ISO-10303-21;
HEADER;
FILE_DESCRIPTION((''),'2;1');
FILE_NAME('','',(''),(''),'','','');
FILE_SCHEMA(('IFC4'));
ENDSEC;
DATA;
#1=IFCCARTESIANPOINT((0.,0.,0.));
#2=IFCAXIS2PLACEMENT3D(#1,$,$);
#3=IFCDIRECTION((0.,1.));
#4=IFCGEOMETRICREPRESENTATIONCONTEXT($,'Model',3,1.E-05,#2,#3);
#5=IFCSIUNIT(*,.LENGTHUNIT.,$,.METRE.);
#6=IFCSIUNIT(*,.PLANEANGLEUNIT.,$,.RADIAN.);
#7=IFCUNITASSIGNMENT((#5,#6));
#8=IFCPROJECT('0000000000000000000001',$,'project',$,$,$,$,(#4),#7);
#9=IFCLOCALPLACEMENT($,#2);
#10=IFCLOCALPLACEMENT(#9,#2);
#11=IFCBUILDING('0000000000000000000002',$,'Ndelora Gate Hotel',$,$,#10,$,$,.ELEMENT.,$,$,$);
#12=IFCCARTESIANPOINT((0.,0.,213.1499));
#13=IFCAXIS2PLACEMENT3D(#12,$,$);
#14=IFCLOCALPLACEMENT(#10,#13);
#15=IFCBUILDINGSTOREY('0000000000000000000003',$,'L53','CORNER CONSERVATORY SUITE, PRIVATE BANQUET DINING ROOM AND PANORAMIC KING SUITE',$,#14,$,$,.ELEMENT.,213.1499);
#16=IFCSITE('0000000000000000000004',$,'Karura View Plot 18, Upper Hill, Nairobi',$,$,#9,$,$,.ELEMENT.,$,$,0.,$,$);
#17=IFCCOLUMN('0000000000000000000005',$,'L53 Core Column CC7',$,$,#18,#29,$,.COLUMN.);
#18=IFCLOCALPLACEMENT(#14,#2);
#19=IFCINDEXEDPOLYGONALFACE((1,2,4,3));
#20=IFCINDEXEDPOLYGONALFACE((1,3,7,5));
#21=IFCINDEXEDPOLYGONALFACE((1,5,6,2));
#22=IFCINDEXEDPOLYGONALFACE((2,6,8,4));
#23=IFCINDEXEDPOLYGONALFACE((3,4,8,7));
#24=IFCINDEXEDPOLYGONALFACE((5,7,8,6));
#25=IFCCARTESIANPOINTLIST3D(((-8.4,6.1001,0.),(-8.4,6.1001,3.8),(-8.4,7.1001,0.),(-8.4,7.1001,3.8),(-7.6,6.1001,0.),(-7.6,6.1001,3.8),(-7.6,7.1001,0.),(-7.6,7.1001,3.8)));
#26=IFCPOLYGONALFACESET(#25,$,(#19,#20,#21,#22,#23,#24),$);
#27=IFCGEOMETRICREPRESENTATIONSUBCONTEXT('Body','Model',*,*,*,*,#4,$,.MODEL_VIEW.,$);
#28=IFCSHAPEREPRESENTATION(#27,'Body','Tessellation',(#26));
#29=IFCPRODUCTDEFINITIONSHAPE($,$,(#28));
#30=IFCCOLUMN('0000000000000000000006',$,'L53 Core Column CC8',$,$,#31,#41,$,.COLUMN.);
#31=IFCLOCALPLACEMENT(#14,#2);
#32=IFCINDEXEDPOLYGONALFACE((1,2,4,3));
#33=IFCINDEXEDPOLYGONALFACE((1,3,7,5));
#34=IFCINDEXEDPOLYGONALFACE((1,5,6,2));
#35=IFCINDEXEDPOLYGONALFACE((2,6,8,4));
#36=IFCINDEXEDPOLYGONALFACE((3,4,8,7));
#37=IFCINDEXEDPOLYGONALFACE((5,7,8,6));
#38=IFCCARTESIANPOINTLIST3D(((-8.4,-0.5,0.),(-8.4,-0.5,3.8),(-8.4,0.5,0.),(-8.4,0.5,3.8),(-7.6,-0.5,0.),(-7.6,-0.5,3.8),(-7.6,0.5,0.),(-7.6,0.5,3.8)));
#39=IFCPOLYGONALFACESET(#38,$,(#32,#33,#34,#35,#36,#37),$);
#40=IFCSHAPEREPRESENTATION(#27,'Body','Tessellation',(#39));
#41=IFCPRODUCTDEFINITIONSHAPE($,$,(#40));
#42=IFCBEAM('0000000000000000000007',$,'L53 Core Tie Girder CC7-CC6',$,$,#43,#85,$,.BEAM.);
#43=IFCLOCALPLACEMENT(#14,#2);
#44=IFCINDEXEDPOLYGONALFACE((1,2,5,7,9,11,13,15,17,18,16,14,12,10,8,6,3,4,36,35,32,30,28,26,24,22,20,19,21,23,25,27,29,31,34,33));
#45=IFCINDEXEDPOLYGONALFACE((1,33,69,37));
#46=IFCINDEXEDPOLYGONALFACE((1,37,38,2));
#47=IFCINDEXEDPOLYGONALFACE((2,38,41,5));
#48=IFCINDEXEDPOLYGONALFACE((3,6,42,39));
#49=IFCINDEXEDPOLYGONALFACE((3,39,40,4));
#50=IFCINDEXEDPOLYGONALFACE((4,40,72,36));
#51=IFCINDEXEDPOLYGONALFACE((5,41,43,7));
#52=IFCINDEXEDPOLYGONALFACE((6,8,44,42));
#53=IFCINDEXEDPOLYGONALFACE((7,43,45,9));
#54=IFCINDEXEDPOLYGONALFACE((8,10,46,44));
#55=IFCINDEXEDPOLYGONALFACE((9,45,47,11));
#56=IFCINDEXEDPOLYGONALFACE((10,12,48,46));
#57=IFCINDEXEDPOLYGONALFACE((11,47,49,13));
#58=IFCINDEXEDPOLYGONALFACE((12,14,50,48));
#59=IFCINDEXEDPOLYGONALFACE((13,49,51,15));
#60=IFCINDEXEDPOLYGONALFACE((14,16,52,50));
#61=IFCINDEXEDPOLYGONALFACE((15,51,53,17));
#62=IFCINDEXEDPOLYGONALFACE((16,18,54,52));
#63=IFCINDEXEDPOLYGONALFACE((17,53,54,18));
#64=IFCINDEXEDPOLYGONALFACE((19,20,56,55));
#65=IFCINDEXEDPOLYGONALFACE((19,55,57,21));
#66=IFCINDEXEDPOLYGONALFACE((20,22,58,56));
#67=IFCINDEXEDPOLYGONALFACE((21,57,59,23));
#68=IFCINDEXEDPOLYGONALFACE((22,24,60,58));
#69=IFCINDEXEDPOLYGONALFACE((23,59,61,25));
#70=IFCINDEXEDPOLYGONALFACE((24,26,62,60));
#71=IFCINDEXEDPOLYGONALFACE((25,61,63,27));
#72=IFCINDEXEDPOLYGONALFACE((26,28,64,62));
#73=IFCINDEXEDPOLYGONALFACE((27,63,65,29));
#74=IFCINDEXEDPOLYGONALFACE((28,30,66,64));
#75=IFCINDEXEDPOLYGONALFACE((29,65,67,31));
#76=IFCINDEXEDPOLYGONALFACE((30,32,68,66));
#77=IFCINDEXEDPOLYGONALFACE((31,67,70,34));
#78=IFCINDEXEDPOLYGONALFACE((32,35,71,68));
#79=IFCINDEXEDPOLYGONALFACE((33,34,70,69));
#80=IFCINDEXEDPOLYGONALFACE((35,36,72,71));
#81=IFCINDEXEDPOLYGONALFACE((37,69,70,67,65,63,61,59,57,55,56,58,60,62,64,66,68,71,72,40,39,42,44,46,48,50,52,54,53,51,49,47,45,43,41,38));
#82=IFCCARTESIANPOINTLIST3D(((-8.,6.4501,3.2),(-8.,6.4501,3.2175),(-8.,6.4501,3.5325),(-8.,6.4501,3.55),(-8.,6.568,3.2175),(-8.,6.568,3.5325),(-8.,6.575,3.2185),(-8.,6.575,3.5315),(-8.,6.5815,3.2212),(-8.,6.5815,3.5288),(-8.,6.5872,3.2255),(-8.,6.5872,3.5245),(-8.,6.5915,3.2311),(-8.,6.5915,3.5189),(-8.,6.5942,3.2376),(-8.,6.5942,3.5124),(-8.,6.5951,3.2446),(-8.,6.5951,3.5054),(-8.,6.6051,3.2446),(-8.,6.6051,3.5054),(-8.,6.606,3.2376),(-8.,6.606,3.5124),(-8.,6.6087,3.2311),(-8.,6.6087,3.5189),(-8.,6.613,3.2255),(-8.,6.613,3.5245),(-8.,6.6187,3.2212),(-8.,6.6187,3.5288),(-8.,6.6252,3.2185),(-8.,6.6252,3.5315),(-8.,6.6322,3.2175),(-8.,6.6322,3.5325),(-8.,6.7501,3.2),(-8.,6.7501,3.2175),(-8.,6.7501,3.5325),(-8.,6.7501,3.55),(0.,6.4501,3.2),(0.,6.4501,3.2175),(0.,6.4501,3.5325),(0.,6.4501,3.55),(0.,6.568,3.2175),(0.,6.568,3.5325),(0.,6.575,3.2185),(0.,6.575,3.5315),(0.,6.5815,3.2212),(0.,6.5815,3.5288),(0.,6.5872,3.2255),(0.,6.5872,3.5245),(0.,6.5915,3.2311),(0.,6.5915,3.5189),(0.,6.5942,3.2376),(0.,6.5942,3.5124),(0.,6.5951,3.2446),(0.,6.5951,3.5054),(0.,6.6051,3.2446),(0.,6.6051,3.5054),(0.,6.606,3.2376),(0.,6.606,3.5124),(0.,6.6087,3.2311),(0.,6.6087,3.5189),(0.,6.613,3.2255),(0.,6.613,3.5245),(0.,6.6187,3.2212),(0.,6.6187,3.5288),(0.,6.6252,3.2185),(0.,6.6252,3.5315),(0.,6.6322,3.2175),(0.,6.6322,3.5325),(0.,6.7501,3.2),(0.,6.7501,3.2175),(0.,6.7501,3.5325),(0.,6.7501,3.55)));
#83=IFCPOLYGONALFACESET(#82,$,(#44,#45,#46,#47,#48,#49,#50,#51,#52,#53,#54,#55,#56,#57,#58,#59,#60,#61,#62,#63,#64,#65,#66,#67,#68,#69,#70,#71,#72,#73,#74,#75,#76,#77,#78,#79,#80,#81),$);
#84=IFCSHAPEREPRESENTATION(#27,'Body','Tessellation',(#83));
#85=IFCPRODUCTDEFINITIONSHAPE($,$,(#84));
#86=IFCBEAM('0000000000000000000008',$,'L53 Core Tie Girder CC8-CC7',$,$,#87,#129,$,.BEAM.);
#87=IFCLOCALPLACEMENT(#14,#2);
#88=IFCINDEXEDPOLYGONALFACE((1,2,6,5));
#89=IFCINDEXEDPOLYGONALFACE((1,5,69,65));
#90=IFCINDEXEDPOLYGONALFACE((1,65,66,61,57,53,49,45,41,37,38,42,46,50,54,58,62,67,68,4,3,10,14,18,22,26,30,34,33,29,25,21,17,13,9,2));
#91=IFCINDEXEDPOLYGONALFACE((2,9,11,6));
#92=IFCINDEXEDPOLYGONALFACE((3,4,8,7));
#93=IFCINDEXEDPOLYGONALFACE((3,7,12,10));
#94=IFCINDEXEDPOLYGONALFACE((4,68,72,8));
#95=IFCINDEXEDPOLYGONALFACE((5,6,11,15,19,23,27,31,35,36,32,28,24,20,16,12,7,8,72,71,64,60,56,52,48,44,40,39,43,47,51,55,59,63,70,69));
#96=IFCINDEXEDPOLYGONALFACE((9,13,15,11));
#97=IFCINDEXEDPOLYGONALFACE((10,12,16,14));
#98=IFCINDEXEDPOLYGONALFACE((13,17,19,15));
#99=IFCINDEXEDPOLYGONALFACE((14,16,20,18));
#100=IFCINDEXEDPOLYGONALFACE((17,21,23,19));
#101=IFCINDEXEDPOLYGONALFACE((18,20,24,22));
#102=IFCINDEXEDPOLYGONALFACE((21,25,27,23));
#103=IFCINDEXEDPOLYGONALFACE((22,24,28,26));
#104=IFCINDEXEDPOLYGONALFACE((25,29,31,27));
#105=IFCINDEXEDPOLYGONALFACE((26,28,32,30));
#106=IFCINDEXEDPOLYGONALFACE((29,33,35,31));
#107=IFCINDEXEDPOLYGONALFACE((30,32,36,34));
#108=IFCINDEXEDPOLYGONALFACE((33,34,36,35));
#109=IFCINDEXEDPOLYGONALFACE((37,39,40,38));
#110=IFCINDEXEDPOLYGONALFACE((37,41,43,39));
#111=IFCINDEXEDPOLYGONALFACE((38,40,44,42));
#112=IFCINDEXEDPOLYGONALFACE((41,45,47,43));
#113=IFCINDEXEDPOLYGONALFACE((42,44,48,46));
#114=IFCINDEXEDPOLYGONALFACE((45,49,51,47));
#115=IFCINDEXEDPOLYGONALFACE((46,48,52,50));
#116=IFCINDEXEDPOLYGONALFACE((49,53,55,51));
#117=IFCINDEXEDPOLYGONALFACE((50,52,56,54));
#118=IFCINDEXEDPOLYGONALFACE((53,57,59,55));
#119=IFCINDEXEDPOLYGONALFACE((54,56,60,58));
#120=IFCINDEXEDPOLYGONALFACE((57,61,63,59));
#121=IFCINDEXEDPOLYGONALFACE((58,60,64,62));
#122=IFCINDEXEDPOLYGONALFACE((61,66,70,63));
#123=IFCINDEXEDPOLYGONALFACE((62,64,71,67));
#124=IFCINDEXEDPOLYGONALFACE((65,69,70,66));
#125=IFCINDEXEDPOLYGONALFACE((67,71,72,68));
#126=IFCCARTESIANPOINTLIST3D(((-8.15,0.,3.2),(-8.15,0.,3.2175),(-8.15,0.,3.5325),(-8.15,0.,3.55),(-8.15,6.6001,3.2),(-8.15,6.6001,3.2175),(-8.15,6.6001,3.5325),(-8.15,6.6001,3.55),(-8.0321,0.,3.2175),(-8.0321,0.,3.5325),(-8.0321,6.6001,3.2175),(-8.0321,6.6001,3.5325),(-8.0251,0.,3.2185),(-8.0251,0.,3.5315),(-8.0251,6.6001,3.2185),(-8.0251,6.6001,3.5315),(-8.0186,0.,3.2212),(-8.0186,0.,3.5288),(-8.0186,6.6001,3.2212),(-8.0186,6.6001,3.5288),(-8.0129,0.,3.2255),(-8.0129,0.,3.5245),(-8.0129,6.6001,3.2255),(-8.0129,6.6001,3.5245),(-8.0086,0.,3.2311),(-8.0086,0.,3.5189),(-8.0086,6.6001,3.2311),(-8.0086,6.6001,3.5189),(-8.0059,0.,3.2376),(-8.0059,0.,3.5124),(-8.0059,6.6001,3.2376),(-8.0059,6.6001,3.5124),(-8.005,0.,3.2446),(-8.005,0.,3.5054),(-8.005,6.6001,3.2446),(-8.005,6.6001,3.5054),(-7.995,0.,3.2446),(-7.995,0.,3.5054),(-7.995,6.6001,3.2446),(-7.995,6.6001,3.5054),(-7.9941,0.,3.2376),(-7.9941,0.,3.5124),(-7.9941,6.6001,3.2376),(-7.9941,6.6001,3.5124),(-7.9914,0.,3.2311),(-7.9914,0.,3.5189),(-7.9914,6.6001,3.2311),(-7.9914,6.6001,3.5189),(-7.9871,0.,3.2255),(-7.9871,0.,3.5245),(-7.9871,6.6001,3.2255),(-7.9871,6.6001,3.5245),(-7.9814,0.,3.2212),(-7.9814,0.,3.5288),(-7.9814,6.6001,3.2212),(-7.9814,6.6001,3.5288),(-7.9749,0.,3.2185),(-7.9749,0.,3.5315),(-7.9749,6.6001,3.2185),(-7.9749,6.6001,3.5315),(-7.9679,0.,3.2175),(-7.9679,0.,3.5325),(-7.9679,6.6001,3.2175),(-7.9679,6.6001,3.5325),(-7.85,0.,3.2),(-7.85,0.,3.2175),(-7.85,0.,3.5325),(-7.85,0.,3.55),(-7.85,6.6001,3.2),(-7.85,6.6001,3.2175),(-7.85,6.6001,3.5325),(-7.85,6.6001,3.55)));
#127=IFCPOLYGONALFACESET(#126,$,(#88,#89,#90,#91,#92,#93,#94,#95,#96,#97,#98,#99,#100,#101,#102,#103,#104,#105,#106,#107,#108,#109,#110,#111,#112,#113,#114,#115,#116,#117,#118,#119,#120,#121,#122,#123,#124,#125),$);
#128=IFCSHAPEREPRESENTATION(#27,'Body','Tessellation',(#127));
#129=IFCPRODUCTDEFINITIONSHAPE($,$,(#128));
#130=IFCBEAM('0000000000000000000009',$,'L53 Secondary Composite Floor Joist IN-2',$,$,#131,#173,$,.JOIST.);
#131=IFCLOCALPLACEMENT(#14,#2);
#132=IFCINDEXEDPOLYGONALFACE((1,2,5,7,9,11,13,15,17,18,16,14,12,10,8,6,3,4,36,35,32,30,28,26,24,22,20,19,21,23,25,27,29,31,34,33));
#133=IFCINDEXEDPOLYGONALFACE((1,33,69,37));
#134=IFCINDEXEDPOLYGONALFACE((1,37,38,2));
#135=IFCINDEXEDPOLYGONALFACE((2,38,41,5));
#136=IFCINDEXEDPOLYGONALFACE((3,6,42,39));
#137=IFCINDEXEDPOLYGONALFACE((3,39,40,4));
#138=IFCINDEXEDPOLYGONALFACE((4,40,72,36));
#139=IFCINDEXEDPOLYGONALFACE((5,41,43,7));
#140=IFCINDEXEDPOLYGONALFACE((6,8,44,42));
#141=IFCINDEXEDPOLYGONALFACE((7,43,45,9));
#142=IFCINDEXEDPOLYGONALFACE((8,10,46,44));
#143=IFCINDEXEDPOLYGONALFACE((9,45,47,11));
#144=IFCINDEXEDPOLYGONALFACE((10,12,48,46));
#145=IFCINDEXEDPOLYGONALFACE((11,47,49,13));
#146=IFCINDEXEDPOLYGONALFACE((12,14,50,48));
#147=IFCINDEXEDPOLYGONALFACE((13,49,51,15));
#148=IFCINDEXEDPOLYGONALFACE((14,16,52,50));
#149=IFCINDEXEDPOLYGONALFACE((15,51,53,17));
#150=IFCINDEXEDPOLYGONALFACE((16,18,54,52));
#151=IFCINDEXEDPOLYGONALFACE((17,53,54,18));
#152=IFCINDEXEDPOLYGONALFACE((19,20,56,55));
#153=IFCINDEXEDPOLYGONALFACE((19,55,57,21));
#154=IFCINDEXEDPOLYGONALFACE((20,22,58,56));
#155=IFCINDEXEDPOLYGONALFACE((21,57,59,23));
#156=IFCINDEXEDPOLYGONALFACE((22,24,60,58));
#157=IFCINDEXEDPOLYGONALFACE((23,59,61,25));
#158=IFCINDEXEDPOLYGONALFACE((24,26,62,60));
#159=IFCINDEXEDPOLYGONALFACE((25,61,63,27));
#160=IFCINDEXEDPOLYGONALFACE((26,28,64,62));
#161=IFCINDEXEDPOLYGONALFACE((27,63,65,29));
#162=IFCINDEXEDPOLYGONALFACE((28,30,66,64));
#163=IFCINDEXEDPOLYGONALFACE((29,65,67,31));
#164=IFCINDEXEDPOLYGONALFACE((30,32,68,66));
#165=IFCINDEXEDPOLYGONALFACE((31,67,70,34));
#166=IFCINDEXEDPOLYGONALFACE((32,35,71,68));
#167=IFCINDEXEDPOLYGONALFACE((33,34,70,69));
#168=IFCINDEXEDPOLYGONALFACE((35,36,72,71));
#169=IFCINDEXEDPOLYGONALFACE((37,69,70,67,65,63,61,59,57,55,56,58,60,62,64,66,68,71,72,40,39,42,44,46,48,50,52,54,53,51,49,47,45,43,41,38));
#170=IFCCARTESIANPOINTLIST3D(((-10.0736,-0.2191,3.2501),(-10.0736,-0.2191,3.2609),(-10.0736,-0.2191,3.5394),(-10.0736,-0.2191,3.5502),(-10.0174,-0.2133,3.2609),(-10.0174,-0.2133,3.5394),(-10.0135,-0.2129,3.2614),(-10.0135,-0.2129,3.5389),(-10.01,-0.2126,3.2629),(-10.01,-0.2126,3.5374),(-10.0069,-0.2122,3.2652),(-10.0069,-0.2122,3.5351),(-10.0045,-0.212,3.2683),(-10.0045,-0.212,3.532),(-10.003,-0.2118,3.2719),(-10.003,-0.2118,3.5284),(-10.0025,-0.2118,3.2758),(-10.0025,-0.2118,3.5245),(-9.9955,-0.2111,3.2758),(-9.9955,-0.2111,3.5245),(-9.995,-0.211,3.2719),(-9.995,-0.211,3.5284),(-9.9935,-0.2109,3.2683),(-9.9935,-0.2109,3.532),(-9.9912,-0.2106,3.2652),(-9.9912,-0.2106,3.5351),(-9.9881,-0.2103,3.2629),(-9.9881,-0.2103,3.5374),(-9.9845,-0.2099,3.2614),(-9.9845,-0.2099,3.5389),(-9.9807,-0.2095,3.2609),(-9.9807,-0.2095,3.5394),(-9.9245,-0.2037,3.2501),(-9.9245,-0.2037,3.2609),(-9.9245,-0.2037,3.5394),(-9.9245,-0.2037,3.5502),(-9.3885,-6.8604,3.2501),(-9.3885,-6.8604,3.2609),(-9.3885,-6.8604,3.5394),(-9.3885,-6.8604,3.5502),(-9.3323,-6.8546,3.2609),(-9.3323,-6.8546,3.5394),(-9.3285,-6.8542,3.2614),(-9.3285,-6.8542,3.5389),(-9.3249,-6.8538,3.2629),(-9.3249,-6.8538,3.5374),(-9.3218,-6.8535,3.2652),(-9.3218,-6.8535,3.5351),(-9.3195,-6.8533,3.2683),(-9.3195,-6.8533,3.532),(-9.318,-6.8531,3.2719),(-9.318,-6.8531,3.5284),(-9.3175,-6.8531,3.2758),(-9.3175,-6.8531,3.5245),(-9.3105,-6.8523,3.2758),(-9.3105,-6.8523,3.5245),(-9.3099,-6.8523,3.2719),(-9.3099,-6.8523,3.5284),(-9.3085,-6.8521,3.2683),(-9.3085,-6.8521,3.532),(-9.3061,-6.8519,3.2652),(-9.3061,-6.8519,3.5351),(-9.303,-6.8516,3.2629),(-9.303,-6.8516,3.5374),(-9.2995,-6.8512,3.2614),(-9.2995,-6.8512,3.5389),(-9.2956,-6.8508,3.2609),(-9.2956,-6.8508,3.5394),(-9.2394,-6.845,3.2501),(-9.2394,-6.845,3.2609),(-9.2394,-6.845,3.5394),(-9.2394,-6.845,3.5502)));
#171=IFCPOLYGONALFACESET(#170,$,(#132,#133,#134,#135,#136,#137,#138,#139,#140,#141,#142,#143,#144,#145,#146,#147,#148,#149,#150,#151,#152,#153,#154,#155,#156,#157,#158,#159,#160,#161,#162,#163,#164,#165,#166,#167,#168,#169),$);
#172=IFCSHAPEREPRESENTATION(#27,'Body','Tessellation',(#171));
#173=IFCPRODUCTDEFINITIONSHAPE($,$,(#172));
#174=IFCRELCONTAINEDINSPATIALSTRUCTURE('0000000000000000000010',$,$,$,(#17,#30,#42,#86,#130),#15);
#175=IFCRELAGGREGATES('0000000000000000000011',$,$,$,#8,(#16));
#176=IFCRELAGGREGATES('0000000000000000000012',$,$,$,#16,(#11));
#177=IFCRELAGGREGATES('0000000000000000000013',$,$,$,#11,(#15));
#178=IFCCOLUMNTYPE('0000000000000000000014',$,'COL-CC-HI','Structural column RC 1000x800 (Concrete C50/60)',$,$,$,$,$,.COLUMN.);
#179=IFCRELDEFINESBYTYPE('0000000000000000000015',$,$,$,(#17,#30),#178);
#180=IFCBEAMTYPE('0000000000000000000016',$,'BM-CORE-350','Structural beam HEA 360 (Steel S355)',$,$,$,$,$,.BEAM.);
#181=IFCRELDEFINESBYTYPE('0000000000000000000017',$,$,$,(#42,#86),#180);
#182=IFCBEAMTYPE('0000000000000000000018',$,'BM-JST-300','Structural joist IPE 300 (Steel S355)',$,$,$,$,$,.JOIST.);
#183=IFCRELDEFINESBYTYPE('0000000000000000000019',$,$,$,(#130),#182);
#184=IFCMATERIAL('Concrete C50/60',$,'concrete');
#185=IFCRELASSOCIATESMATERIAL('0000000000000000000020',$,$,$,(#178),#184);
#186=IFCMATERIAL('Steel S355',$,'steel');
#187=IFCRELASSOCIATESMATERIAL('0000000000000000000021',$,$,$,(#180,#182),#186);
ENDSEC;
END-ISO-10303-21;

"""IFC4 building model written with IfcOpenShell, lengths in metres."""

from ifc_helpers import new_model, si_unit, direction, frame, origin, origin_2d, place, context, subcontext, project, spatial, rectangle, i_section, extrude, material, material_profile, profile_set, type_object, element, save


model = new_model("IFC4")

# Units and contexts
model_context = context("Model", 3, precision=1e-05, world=origin(), true_north=direction((0.0, 1.0)))
body_context = subcontext(model_context, "Body", "Model", "MODEL_VIEW")
ifc_project = project(units=[si_unit("LENGTHUNIT", "METRE"), si_unit("PLANEANGLEUNIT", "RADIAN")], contexts=[model_context])

# Site, building, storey
site_placement = place(None, origin())
site = spatial("IfcSite", under=ifc_project, at=site_placement, Name="Karura View Plot 18, Upper Hill, Nairobi", CompositionType="ELEMENT", RefElevation=0.0)
building_placement = place(site_placement, origin())
building = spatial("IfcBuilding", under=site, at=building_placement, Name="Ndelora Gate Hotel", CompositionType="ELEMENT")
storey_placement = place(building_placement, frame((0.0, 0.0, 213.1499)))
storey = spatial("IfcBuildingStorey", under=building, at=storey_placement, Name="L53", Description="CORNER CONSERVATORY SUITE, PRIVATE BANQUET DINING ROOM AND PANORAMIC KING SUITE", CompositionType="ELEMENT", Elevation=213.1499)

# Columns
ifc_material_1 = material(Name="Concrete C50/60", Category="concrete")
ifc_material_profile_1 = material_profile(ifc_material_1, rectangle(XDim=0.8, YDim=1.0, at=origin_2d()), Name="RC 1000x800")
ifc_profile_set_1 = profile_set([ifc_material_profile_1], Name="Concrete C50/60")
column_type = type_object("IfcColumnType", Name="COL-CC-HI", Description="Structural column RC 1000x800 (Concrete C50/60)", PredefinedType="COLUMN", material=ifc_profile_set_1)
for number, where, z_axis, x_axis, name in (
    (1, (-8.0, 6.6001, 0.0), (0.0, 0.0, 1.0), (1.0, 0.0, 0.0), "L53 Core Column CC7"),
    (2, (-8.0, 0.0, 0.0), (0.0, 0.0, 1.0), (1.0, 0.0, 0.0), "L53 Core Column CC8"),
):
    element("IfcColumn", number, at=place(storey_placement, frame(where, z_axis=z_axis, x_axis=x_axis)), inside=storey, type_object=column_type, Name=name, PredefinedType="COLUMN", context=body_context, shape_type="SweptSolid", body=[
        extrude(rectangle(XDim=0.8, YDim=1.0, at=origin_2d()), origin(), (0.0, 0.0, 1.0), 3.8),
    ])

# Beams
ifc_material_2 = material(Name="Steel S355", Category="steel")
ifc_material_profile_2 = material_profile(ifc_material_2, i_section(OverallWidth=0.3, OverallDepth=0.3501, WebThickness=0.01, FlangeThickness=0.0176, FilletRadius=0.0271, at=origin_2d()), Name="HEA 360")
ifc_profile_set_2 = profile_set([ifc_material_profile_2], Name="Steel S355")
beam_type_1 = type_object("IfcBeamType", Name="BM-CORE-350", Description="Structural beam HEA 360 (Steel S355)", PredefinedType="BEAM", material=ifc_profile_set_2)
beam_1_placement = place(storey_placement, frame((-8.0, 6.6001, 3.375), z_axis=(1.0, 0.0, 0.0), x_axis=(0.0, 1.0, 0.0)))
element("IfcBeam", 3, at=beam_1_placement, inside=storey, type_object=beam_type_1, Name="L53 Core Tie Girder CC7-CC6", PredefinedType="BEAM", context=body_context, shape_type="SweptSolid", body=[
    extrude(i_section(OverallWidth=0.3, OverallDepth=0.3501, WebThickness=0.01, FlangeThickness=0.0176, FilletRadius=0.0271, at=origin_2d()), origin(), (0.0, 0.0, 1.0), 8.0),
])
beam_2_placement = place(storey_placement, frame((-8.0, 0.0, 3.375), z_axis=(0.0, 1.0, 0.0), x_axis=(-1.0, 0.0, 0.0)))
element("IfcBeam", 4, at=beam_2_placement, inside=storey, type_object=beam_type_1, Name="L53 Core Tie Girder CC8-CC7", PredefinedType="BEAM", context=body_context, shape_type="SweptSolid", body=[
    extrude(i_section(OverallWidth=0.3, OverallDepth=0.3501, WebThickness=0.01, FlangeThickness=0.0176, FilletRadius=0.0271, at=origin_2d()), origin(), (0.0, 0.0, 1.0), 6.6001),
])
ifc_material_profile_3 = material_profile(ifc_material_2, i_section(OverallWidth=0.1499, OverallDepth=0.3, WebThickness=0.0071, FlangeThickness=0.0107, FilletRadius=0.0149, at=origin_2d()), Name="IPE 300")
ifc_profile_set_3 = profile_set([ifc_material_profile_3], Name="Steel S355")
beam_type_2 = type_object("IfcBeamType", Name="BM-JST-300", Description="Structural joist IPE 300 (Steel S355)", PredefinedType="JOIST", material=ifc_profile_set_3)
beam_3_placement = place(storey_placement, frame((-9.999, -0.2114, 3.4001), z_axis=(0.102606, -0.994722, 0.0), x_axis=(0.994722, 0.102606, 0.0)))
element("IfcBeam", 5, at=beam_3_placement, inside=storey, type_object=beam_type_2, Name="L53 Secondary Composite Floor Joist IN-2", PredefinedType="JOIST", context=body_context, shape_type="SweptSolid", body=[
    extrude(i_section(OverallWidth=0.1499, OverallDepth=0.3, WebThickness=0.0071, FlangeThickness=0.0107, FilletRadius=0.0149, at=origin_2d()), origin(), (0.0, 0.0, 1.0), 6.6765),
])

save(model, "model.ifc")
